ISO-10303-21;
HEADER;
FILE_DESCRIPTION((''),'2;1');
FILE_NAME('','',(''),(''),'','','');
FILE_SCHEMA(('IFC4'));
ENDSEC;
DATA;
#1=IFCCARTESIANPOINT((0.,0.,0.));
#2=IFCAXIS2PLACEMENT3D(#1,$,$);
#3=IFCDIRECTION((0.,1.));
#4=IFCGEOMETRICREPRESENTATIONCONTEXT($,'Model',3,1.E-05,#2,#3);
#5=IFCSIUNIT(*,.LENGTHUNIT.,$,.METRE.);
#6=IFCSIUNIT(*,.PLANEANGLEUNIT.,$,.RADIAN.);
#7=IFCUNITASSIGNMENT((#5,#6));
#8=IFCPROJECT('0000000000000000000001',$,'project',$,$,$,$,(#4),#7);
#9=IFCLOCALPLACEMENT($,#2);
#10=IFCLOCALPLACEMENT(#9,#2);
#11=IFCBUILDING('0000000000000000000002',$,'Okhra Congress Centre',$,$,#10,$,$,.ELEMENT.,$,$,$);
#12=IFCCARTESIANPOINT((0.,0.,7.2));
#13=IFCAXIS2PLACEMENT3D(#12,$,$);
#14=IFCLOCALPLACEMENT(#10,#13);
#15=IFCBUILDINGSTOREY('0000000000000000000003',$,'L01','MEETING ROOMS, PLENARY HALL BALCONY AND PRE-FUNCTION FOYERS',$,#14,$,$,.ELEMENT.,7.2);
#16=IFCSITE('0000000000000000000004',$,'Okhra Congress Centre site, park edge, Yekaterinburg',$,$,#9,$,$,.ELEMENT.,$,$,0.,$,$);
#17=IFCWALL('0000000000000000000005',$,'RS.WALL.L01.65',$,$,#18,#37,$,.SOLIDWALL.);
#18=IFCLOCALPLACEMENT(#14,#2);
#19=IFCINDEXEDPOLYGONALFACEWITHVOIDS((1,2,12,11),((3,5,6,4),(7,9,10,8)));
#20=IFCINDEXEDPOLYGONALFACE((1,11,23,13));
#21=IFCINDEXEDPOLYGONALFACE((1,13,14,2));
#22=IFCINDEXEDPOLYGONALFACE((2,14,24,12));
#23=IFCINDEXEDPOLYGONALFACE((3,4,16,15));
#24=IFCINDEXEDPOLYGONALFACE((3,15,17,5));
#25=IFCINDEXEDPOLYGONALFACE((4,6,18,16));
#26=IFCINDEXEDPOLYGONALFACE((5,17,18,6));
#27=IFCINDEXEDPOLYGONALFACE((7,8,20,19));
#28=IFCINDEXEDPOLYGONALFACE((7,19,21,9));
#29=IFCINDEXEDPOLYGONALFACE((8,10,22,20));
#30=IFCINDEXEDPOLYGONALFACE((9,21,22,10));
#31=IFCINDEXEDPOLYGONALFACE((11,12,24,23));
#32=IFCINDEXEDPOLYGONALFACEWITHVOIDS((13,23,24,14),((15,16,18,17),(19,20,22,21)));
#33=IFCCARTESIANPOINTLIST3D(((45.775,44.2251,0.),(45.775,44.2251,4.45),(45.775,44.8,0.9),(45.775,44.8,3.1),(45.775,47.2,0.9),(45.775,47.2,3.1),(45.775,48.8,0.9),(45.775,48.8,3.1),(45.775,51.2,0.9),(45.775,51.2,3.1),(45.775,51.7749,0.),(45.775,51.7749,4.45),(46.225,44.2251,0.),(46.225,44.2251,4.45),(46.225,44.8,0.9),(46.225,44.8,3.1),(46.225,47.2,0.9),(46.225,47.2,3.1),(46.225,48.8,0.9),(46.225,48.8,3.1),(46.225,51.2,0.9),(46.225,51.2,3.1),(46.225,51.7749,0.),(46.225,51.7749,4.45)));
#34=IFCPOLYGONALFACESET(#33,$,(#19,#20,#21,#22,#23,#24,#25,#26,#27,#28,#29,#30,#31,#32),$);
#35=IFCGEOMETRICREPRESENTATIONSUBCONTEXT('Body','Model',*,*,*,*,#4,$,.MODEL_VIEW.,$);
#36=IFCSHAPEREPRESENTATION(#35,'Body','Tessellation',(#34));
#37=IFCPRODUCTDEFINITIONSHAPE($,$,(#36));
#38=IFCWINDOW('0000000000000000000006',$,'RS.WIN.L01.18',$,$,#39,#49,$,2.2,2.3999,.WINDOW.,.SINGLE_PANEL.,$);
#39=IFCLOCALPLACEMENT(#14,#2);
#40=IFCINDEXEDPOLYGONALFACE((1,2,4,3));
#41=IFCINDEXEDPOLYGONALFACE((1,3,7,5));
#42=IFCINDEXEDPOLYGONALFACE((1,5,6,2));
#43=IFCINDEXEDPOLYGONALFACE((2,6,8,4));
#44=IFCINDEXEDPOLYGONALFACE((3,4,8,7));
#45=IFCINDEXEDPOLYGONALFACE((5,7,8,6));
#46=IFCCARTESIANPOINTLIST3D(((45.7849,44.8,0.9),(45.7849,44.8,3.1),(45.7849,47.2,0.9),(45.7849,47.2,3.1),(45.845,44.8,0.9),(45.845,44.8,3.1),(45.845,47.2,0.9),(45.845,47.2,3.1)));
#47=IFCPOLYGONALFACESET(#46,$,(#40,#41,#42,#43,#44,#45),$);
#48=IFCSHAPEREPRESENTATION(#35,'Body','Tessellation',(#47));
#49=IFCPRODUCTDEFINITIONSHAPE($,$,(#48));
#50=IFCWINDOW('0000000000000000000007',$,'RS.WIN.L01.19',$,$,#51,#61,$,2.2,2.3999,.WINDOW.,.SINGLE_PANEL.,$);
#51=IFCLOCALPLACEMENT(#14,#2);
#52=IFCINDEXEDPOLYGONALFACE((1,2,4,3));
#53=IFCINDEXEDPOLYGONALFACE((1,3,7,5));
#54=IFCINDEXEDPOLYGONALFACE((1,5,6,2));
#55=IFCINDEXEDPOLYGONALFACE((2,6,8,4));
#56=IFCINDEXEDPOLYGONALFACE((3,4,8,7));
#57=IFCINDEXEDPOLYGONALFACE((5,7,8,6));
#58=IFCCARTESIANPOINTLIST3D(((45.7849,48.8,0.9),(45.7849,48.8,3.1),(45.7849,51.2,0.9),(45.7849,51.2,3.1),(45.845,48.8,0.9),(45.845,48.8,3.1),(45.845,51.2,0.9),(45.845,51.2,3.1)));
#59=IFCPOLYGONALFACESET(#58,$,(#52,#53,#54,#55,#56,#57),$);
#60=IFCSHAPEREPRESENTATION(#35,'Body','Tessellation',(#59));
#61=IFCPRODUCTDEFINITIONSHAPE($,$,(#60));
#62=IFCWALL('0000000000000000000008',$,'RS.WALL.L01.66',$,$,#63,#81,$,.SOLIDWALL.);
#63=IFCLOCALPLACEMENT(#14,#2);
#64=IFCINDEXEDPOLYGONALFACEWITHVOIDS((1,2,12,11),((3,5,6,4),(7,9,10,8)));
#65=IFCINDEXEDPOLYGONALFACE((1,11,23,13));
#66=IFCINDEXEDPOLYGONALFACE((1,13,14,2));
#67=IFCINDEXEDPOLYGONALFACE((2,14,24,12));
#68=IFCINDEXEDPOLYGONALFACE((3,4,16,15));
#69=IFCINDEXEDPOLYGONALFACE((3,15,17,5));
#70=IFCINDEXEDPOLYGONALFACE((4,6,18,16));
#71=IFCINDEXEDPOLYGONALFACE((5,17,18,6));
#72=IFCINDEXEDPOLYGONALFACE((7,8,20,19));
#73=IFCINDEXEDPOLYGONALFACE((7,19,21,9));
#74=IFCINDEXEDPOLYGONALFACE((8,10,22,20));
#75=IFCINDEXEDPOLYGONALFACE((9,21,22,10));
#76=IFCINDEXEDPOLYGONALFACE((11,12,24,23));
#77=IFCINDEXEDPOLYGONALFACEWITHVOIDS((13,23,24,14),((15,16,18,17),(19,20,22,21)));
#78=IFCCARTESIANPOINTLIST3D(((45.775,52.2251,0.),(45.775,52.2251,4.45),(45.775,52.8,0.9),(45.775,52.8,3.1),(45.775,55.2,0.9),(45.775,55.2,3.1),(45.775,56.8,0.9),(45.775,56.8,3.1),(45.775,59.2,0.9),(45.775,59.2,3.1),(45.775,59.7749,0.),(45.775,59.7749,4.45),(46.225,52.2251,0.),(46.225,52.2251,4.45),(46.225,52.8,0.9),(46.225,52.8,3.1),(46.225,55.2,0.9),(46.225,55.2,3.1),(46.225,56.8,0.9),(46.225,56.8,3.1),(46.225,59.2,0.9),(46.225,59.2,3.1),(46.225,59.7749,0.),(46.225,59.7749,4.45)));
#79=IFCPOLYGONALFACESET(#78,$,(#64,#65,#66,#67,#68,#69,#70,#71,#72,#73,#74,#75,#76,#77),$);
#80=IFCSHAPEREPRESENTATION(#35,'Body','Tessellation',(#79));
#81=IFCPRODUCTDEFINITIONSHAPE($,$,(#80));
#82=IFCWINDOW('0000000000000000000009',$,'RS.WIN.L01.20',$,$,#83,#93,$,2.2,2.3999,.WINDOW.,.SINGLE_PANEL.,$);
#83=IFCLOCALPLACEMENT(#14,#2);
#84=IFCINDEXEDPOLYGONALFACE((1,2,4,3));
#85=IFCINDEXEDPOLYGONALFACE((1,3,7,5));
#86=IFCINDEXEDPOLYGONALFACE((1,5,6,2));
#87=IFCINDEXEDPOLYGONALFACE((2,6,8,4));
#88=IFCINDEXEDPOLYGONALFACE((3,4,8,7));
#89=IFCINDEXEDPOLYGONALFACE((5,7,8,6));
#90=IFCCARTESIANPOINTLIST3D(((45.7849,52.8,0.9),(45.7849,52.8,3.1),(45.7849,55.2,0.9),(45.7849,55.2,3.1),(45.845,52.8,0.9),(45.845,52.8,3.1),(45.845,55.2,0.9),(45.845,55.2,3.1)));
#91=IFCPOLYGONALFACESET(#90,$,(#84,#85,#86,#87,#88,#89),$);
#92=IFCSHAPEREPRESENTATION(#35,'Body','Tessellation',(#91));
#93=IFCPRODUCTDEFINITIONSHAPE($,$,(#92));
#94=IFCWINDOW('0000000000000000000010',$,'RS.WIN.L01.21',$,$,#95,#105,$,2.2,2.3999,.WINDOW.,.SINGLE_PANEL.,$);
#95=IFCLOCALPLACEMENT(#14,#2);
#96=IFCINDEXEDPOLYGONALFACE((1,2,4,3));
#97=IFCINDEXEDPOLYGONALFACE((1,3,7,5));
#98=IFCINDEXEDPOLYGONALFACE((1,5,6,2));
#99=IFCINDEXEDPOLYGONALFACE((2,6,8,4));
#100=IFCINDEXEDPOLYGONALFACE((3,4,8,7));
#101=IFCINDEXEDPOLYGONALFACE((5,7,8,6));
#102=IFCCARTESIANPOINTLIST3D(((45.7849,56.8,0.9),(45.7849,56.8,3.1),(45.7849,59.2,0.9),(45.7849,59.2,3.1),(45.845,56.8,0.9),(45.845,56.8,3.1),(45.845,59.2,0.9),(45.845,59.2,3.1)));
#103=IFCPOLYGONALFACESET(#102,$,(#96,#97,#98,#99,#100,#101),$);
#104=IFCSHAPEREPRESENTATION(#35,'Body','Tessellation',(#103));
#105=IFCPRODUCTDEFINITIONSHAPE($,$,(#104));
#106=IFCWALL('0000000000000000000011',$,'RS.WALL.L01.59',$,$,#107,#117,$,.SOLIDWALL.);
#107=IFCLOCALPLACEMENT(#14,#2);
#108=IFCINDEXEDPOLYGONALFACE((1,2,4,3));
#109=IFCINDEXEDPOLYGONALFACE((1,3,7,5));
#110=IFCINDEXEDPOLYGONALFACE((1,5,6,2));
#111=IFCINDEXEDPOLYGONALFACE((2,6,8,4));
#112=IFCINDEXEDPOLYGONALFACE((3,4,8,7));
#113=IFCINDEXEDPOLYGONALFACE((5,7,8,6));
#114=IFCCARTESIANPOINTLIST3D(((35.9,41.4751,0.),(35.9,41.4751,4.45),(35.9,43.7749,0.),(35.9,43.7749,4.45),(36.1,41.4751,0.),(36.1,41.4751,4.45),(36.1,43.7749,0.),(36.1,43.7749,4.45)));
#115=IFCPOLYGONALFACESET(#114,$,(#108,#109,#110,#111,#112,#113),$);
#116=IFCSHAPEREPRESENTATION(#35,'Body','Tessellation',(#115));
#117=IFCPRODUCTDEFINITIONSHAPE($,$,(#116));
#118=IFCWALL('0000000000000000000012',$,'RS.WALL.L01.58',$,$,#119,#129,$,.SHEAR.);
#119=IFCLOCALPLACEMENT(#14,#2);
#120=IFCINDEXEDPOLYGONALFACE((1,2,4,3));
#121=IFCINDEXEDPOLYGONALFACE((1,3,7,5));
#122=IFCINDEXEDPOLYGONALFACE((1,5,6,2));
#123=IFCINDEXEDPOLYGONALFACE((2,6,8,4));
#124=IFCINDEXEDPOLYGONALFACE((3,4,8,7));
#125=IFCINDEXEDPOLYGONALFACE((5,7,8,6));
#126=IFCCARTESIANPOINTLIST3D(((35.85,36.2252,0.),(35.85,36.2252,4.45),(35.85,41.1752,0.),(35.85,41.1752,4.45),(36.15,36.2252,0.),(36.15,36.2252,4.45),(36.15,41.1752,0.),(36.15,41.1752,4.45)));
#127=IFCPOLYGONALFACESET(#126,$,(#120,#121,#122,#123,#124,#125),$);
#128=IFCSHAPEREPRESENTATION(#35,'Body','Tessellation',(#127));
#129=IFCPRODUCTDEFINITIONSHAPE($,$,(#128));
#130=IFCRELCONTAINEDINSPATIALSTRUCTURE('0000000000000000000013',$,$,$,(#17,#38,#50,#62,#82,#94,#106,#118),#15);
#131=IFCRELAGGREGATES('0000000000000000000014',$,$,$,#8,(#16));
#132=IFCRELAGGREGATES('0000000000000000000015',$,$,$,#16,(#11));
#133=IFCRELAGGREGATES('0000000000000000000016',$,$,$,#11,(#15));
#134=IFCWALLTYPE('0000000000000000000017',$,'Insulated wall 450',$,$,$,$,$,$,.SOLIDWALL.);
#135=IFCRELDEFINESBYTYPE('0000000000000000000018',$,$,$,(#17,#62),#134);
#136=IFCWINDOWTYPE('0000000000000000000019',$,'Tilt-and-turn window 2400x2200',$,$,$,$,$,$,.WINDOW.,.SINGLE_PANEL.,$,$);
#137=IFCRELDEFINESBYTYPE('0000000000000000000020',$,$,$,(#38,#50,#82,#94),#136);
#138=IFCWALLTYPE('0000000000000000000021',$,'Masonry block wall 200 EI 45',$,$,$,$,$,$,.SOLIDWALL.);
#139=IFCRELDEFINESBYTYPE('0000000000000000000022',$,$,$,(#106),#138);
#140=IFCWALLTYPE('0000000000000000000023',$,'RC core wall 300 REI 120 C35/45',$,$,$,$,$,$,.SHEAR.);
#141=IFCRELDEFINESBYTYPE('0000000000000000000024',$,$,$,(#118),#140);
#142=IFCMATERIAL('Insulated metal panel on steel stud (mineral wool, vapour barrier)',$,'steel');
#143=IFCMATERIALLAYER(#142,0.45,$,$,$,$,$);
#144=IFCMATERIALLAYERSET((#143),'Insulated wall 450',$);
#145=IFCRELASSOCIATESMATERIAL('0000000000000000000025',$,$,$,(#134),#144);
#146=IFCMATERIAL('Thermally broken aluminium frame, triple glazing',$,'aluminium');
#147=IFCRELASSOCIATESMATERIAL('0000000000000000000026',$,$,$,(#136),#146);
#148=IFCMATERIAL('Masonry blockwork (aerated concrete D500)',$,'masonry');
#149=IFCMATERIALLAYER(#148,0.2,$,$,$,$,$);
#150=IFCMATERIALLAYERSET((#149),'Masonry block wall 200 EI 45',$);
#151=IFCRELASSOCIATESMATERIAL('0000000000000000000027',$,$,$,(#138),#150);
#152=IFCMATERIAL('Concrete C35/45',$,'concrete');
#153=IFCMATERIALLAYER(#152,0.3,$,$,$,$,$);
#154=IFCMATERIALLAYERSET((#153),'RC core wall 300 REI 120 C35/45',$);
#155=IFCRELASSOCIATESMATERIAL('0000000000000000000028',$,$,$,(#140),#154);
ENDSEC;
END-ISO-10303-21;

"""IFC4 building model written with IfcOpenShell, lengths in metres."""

from ifc_helpers import new_model, si_unit, direction, frame, frame_2d, origin, place, context, subcontext, project, spatial, rectangle, extrude, material, layer, layer_set, type_object, element, fill, save


model = new_model("IFC4")

# Units and contexts
model_context = context("Model", 3, precision=1e-05, world=origin(), true_north=direction((0.0, 1.0)))
body_context = subcontext(model_context, "Body", "Model", "MODEL_VIEW")
ifc_project = project(units=[si_unit("LENGTHUNIT", "METRE"), si_unit("PLANEANGLEUNIT", "RADIAN")], contexts=[model_context])

# Site, building, storey
site_placement = place(None, origin())
site = spatial("IfcSite", under=ifc_project, at=site_placement, Name="Okhra Congress Centre site, park edge, Yekaterinburg", CompositionType="ELEMENT", RefElevation=0.0)
building_placement = place(site_placement, origin())
building = spatial("IfcBuilding", under=site, at=building_placement, Name="Okhra Congress Centre", CompositionType="ELEMENT")
storey_placement = place(building_placement, frame((0.0, 0.0, 7.2)))
storey = spatial("IfcBuildingStorey", under=building, at=storey_placement, Name="L01", Description="MEETING ROOMS, PLENARY HALL BALCONY AND PRE-FUNCTION FOYERS", CompositionType="ELEMENT", Elevation=7.2)

# Shared definitions
ifc_material_1 = material(Name="Concrete C35/45", Category="concrete")

# Shared definitions
ifc_material_2 = material(Name="Insulated metal panel on steel stud (mineral wool, vapour barrier)", Category="steel")
ifc_layer_1 = layer(ifc_material_2, 0.45)
ifc_layer_set_1 = layer_set([ifc_layer_1], Name="Insulated wall 450")
wall_type_1 = type_object("IfcWallType", Name="Insulated wall 450", PredefinedType="SOLIDWALL", material=ifc_layer_set_1)
ifc_material_3 = material(Name="Thermally broken aluminium frame, triple glazing", Category="aluminium")
window_type = type_object("IfcWindowType", Name="Tilt-and-turn window 2400x2200", PartitioningType="SINGLE_PANEL", PredefinedType="WINDOW", material=ifc_material_3)

# Walls, openings, windows
wall_1_placement = place(storey_placement, frame((46.0, 44.2251, 0.0), z_axis=(0.0, 0.0, 1.0), x_axis=(0.0, 1.0, 0.0)))
wall_1 = element("IfcWall", 1, at=wall_1_placement, inside=storey, type_object=wall_type_1, Name="RS.WALL.L01.65", PredefinedType="SOLIDWALL", context=body_context, shape_type="SweptSolid", body=[
    extrude(rectangle(XDim=7.5498, YDim=0.45, at=frame_2d((3.7749, 0.0))), origin(), (0.0, 0.0, 1.0), 4.45),
])
opening_1_placement = place(wall_1_placement, frame((0.575, 0.0, 0.8999)))
opening_1 = element("IfcOpeningElement", 2, at=opening_1_placement, cuts=wall_1, PredefinedType="OPENING", context=body_context, shape_type="SweptSolid", body=[
    extrude(rectangle(XDim=2.3999, YDim=2.2, at=frame_2d((1.2, 1.1001))), frame((0.0, 0.2349, 0.0), z_axis=(0.0, -1.0, 0.0), x_axis=(1.0, 0.0, 0.0)), (0.0, 0.0, 1.0), 0.47),
])
opening_2_placement = place(wall_1_placement, frame((4.575, 0.0, 0.8999)))
opening_2 = element("IfcOpeningElement", 3, at=opening_2_placement, cuts=wall_1, PredefinedType="OPENING", context=body_context, shape_type="SweptSolid", body=[
    extrude(rectangle(XDim=2.3999, YDim=2.2, at=frame_2d((1.2, 1.1001))), frame((0.0, 0.2349, 0.0), z_axis=(0.0, -1.0, 0.0), x_axis=(1.0, 0.0, 0.0)), (0.0, 0.0, 1.0), 0.47),
])
window_1_placement = place(opening_1_placement, origin())
window_1 = element("IfcWindow", 4, at=window_1_placement, inside=storey, type_object=window_type, Name="RS.WIN.L01.18", OverallHeight=2.2, OverallWidth=2.3999, PartitioningType="SINGLE_PANEL", PredefinedType="WINDOW", context=body_context, shape_type="SweptSolid", body=[
    extrude(rectangle(XDim=2.3999, YDim=2.2, at=frame_2d((1.2, 1.1001))), frame((0.0, 0.2151, 0.0), z_axis=(0.0, -1.0, 0.0), x_axis=(1.0, 0.0, 0.0)), (0.0, 0.0, 1.0), 0.0601),
])
fill(opening_1, window_1)
window_2_placement = place(opening_2_placement, origin())
window_2 = element("IfcWindow", 5, at=window_2_placement, inside=storey, type_object=window_type, Name="RS.WIN.L01.19", OverallHeight=2.2, OverallWidth=2.3999, PartitioningType="SINGLE_PANEL", PredefinedType="WINDOW", context=body_context, shape_type="SweptSolid", body=[
    extrude(rectangle(XDim=2.3999, YDim=2.2, at=frame_2d((1.2, 1.1001))), frame((0.0, 0.2151, 0.0), z_axis=(0.0, -1.0, 0.0), x_axis=(1.0, 0.0, 0.0)), (0.0, 0.0, 1.0), 0.0601),
])
fill(opening_2, window_2)
wall_2_placement = place(storey_placement, frame((46.0, 52.2251, 0.0), z_axis=(0.0, 0.0, 1.0), x_axis=(0.0, 1.0, 0.0)))
wall_2 = element("IfcWall", 6, at=wall_2_placement, inside=storey, type_object=wall_type_1, Name="RS.WALL.L01.66", PredefinedType="SOLIDWALL", context=body_context, shape_type="SweptSolid", body=[
    extrude(rectangle(XDim=7.5498, YDim=0.45, at=frame_2d((3.7749, 0.0))), origin(), (0.0, 0.0, 1.0), 4.45),
])
opening_3_placement = place(wall_2_placement, frame((0.575, 0.0, 0.8999)))
opening_3 = element("IfcOpeningElement", 7, at=opening_3_placement, cuts=wall_2, PredefinedType="OPENING", context=body_context, shape_type="SweptSolid", body=[
    extrude(rectangle(XDim=2.3999, YDim=2.2, at=frame_2d((1.2, 1.1001))), frame((0.0, 0.2349, 0.0), z_axis=(0.0, -1.0, 0.0), x_axis=(1.0, 0.0, 0.0)), (0.0, 0.0, 1.0), 0.47),
])
opening_4_placement = place(wall_2_placement, frame((4.575, 0.0, 0.8999)))
opening_4 = element("IfcOpeningElement", 8, at=opening_4_placement, cuts=wall_2, PredefinedType="OPENING", context=body_context, shape_type="SweptSolid", body=[
    extrude(rectangle(XDim=2.3999, YDim=2.2, at=frame_2d((1.2, 1.1001))), frame((0.0, 0.2349, 0.0), z_axis=(0.0, -1.0, 0.0), x_axis=(1.0, 0.0, 0.0)), (0.0, 0.0, 1.0), 0.47),
])
window_3_placement = place(opening_3_placement, origin())
window_3 = element("IfcWindow", 9, at=window_3_placement, inside=storey, type_object=window_type, Name="RS.WIN.L01.20", OverallHeight=2.2, OverallWidth=2.3999, PartitioningType="SINGLE_PANEL", PredefinedType="WINDOW", context=body_context, shape_type="SweptSolid", body=[
    extrude(rectangle(XDim=2.3999, YDim=2.2, at=frame_2d((1.2, 1.1001))), frame((0.0, 0.2151, 0.0), z_axis=(0.0, -1.0, 0.0), x_axis=(1.0, 0.0, 0.0)), (0.0, 0.0, 1.0), 0.0601),
])
fill(opening_3, window_3)
window_4_placement = place(opening_4_placement, origin())
window_4 = element("IfcWindow", 10, at=window_4_placement, inside=storey, type_object=window_type, Name="RS.WIN.L01.21", OverallHeight=2.2, OverallWidth=2.3999, PartitioningType="SINGLE_PANEL", PredefinedType="WINDOW", context=body_context, shape_type="SweptSolid", body=[
    extrude(rectangle(XDim=2.3999, YDim=2.2, at=frame_2d((1.2, 1.1001))), frame((0.0, 0.2151, 0.0), z_axis=(0.0, -1.0, 0.0), x_axis=(1.0, 0.0, 0.0)), (0.0, 0.0, 1.0), 0.0601),
])
fill(opening_4, window_4)

# Walls
ifc_material_4 = material(Name="Masonry blockwork (aerated concrete D500)", Category="masonry")
ifc_layer_2 = layer(ifc_material_4, 0.2)
ifc_layer_set_2 = layer_set([ifc_layer_2], Name="Masonry block wall 200 EI 45")
wall_type_2 = type_object("IfcWallType", Name="Masonry block wall 200 EI 45", PredefinedType="SOLIDWALL", material=ifc_layer_set_2)
wall_3_placement = place(storey_placement, frame((36.0, 41.4751, 0.0), z_axis=(0.0, 0.0, 1.0), x_axis=(0.0, 1.0, 0.0)))
element("IfcWall", 11, at=wall_3_placement, inside=storey, type_object=wall_type_2, Name="RS.WALL.L01.59", PredefinedType="SOLIDWALL", context=body_context, shape_type="SweptSolid", body=[
    extrude(rectangle(XDim=2.2998, YDim=0.2, at=frame_2d((1.1499, 0.0))), origin(), (0.0, 0.0, 1.0), 4.45),
])
ifc_layer_3 = layer(ifc_material_1, 0.3)
ifc_layer_set_3 = layer_set([ifc_layer_3], Name="RC core wall 300 REI 120 C35/45")
wall_type_3 = type_object("IfcWallType", Name="RC core wall 300 REI 120 C35/45", PredefinedType="SHEAR", material=ifc_layer_set_3)
wall_4_placement = place(storey_placement, frame((36.0, 36.2251, 0.0), z_axis=(0.0, 0.0, 1.0), x_axis=(0.0, 1.0, 0.0)))
element("IfcWall", 12, at=wall_4_placement, inside=storey, type_object=wall_type_3, Name="RS.WALL.L01.58", PredefinedType="SHEAR", context=body_context, shape_type="SweptSolid", body=[
    extrude(rectangle(XDim=4.95, YDim=0.3, at=frame_2d((2.4751, 0.0))), origin(), (0.0, 0.0, 1.0), 4.45),
])

save(model, "model.ifc")
